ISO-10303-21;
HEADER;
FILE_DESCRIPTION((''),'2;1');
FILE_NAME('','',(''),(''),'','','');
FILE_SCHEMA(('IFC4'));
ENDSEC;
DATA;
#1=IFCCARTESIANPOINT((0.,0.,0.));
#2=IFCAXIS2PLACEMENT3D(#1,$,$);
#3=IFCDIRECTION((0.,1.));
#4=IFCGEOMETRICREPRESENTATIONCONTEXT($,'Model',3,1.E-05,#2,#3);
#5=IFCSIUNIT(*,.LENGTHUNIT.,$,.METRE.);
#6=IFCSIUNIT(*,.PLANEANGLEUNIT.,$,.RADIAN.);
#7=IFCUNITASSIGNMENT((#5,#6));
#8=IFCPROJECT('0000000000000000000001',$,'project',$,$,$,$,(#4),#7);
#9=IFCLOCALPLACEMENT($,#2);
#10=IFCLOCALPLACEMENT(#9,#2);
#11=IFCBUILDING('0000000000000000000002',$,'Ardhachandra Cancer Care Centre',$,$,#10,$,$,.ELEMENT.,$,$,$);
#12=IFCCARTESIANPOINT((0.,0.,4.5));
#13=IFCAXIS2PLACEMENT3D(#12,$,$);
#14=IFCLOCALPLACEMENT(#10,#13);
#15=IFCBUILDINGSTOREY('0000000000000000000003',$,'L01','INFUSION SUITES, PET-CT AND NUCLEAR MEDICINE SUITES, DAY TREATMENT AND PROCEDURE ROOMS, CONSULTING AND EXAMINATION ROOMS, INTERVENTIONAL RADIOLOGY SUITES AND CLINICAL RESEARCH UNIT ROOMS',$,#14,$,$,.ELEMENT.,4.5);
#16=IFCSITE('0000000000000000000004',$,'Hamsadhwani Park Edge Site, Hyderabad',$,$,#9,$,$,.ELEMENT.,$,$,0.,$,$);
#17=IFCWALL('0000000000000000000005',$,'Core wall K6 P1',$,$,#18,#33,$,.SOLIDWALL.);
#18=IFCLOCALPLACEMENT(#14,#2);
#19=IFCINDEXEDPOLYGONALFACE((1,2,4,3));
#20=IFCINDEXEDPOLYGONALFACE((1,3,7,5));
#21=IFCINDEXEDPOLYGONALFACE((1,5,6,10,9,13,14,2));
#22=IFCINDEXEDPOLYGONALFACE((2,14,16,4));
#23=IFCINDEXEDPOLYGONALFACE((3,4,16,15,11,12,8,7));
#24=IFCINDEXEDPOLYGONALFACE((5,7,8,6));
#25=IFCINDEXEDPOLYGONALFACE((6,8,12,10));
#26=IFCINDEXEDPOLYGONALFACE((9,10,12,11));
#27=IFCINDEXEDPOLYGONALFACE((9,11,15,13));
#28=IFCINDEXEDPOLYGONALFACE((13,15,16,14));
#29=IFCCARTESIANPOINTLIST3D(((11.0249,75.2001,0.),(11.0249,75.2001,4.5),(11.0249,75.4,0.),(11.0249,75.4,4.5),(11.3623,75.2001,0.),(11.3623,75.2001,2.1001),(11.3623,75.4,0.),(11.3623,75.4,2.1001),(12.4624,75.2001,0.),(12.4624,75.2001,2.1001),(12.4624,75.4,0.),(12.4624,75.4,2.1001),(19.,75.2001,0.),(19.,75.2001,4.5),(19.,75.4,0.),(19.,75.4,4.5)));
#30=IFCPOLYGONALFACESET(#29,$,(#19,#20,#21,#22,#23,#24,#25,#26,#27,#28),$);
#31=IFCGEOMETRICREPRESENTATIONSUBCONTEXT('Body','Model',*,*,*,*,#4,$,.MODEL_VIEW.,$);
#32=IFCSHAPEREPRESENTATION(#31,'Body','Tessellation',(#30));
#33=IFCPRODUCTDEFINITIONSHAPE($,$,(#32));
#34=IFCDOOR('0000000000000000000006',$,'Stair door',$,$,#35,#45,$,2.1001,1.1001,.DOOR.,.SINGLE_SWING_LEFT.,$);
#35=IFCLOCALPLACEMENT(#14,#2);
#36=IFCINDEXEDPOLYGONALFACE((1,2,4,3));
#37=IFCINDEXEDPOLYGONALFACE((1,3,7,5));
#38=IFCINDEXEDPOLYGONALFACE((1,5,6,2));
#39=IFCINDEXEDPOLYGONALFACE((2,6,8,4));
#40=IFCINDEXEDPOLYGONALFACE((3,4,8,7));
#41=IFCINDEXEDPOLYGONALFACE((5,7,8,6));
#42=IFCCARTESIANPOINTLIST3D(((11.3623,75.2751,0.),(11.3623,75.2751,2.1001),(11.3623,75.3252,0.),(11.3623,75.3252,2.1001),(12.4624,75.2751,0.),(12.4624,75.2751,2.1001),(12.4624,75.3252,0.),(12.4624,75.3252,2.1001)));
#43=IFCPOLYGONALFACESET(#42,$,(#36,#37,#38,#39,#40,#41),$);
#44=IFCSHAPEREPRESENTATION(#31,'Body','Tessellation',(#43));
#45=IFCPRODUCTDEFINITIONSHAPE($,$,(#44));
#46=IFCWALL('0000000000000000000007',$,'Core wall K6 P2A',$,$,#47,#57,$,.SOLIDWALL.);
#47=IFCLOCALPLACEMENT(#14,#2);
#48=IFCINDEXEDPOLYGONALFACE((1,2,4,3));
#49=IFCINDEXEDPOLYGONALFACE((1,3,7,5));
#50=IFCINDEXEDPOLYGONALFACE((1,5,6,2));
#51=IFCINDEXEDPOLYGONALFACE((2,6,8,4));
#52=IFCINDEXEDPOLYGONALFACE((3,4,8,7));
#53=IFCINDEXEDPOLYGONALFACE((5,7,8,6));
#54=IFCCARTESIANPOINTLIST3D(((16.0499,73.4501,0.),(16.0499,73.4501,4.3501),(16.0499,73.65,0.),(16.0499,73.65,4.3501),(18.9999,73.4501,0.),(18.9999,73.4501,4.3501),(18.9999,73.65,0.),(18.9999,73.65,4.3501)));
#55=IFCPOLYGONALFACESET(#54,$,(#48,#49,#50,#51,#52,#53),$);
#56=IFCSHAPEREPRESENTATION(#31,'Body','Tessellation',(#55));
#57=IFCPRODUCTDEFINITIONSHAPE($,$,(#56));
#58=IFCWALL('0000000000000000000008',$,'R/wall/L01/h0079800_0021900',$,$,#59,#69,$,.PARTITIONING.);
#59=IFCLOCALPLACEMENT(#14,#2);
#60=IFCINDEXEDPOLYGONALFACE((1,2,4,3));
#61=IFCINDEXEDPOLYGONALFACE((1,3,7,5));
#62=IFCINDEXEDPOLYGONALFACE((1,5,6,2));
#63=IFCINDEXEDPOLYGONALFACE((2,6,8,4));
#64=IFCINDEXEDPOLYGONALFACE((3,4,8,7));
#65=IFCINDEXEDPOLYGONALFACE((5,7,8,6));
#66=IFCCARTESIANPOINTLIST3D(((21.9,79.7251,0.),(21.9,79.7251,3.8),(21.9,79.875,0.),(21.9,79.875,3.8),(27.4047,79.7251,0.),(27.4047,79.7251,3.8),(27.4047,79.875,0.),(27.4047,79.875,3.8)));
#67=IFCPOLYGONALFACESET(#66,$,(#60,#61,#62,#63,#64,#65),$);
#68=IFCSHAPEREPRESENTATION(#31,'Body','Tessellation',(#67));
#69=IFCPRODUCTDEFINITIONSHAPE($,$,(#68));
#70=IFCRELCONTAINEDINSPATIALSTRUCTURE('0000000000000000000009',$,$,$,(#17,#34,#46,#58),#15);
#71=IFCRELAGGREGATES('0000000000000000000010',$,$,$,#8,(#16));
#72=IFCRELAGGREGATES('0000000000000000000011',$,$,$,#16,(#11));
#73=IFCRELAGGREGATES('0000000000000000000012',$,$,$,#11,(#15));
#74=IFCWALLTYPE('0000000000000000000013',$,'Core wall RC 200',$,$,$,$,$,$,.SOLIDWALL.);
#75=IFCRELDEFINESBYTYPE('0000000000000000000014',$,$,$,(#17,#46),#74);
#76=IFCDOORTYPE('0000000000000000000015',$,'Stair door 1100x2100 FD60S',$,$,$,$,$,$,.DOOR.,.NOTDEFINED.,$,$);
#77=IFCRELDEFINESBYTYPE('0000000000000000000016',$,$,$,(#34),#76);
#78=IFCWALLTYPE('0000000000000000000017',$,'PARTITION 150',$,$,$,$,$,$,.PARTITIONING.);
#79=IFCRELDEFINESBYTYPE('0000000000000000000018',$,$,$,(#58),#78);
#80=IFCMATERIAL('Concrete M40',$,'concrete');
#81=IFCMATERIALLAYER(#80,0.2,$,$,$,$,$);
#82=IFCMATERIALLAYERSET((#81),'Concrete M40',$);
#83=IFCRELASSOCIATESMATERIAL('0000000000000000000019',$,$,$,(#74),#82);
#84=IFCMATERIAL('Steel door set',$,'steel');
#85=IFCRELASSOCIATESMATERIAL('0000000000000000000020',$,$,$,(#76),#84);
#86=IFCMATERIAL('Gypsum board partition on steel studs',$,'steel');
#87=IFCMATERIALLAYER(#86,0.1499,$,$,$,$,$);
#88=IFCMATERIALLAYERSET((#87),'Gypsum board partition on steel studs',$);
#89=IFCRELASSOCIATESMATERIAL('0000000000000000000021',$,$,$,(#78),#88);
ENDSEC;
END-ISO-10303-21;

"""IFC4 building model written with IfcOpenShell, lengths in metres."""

from ifc_helpers import new_model, si_unit, direction, frame, frame_2d, origin, place, context, subcontext, project, spatial, rectangle, extrude, material, layer, layer_set, type_object, element, fill, save


model = new_model("IFC4")

# Units and contexts
model_context = context("Model", 3, precision=1e-05, world=origin(), true_north=direction((0.0, 1.0)))
body_context = subcontext(model_context, "Body", "Model", "MODEL_VIEW")
ifc_project = project(units=[si_unit("LENGTHUNIT", "METRE"), si_unit("PLANEANGLEUNIT", "RADIAN")], contexts=[model_context])

# Site, building, storey
site_placement = place(None, origin())
site = spatial("IfcSite", under=ifc_project, at=site_placement, Name="Hamsadhwani Park Edge Site, Hyderabad", CompositionType="ELEMENT", RefElevation=0.0)
building_placement = place(site_placement, origin())
building = spatial("IfcBuilding", under=site, at=building_placement, Name="Ardhachandra Cancer Care Centre", CompositionType="ELEMENT")
storey_placement = place(building_placement, frame((0.0, 0.0, 4.5)))
storey = spatial("IfcBuildingStorey", under=building, at=storey_placement, Name="L01", Description="INFUSION SUITES, PET-CT AND NUCLEAR MEDICINE SUITES, DAY TREATMENT AND PROCEDURE ROOMS, CONSULTING AND EXAMINATION ROOMS, INTERVENTIONAL RADIOLOGY SUITES AND CLINICAL RESEARCH UNIT ROOMS", CompositionType="ELEMENT", Elevation=4.5)

# Shared definitions
ifc_material_1 = material(Name="Concrete M40", Category="concrete")
ifc_layer_1 = layer(ifc_material_1, 0.2)
ifc_layer_set_1 = layer_set([ifc_layer_1], Name="Concrete M40")
wall_type_1 = type_object("IfcWallType", Name="Core wall RC 200", PredefinedType="SOLIDWALL", material=ifc_layer_set_1)

# Wall, opening, door
wall_1_placement = place(storey_placement, frame((19.0, 75.3, 0.0), z_axis=(0.0, 0.0, 1.0), x_axis=(-1.0, 0.0, 0.0)))
wall_1 = element("IfcWall", 1, at=wall_1_placement, inside=storey, type_object=wall_type_1, Name="Core wall K6 P1", PredefinedType="SOLIDWALL", context=body_context, shape_type="SweptSolid", body=[
    extrude(rectangle(XDim=7.9751, YDim=0.2, at=frame_2d((3.9875, 0.0))), origin(), (0.0, 0.0, 1.0), 4.5),
])
opening_1_placement = place(wall_1_placement, frame((6.5376, 0.0, 0.0)))
opening_1 = element("IfcOpeningElement", 2, at=opening_1_placement, cuts=wall_1, PredefinedType="OPENING", context=body_context, shape_type="SweptSolid", body=[
    extrude(rectangle(XDim=1.1001, YDim=2.1001, at=frame_2d((0.55, 1.05))), frame((0.0, 0.1099, 0.0), z_axis=(0.0, -1.0, 0.0), x_axis=(1.0, 0.0, 0.0)), (0.0, 0.0, 1.0), 0.22),
])
ifc_material_2 = material(Name="Steel door set", Category="steel")
door_type_1 = type_object("IfcDoorType", Name="Stair door 1100x2100 FD60S", OperationType="NOTDEFINED", PredefinedType="DOOR", material=ifc_material_2)
door_1_placement = place(opening_1_placement, origin())
door_1 = element("IfcDoor", 3, at=door_1_placement, inside=storey, type_object=door_type_1, Name="Stair door", OperationType="SINGLE_SWING_LEFT", OverallHeight=2.1001, OverallWidth=1.1001, PredefinedType="DOOR", context=body_context, shape_type="SweptSolid", body=[
    extrude(rectangle(XDim=1.1001, YDim=2.1001, at=frame_2d((0.55, 1.05))), frame((0.0, 0.0249, 0.0), z_axis=(0.0, -1.0, 0.0), x_axis=(1.0, 0.0, 0.0)), (0.0, 0.0, 1.0), 0.05),
])
fill(opening_1, door_1)

# Walls
wall_2_placement = place(storey_placement, frame((19.0, 73.55, 0.0), z_axis=(0.0, 0.0, 1.0), x_axis=(-1.0, 0.0, 0.0)))
element("IfcWall", 4, at=wall_2_placement, inside=storey, type_object=wall_type_1, Name="Core wall K6 P2A", PredefinedType="SOLIDWALL", context=body_context, shape_type="SweptSolid", body=[
    extrude(rectangle(XDim=2.95, YDim=0.2, at=frame_2d((1.4751, 0.0))), origin(), (0.0, 0.0, 1.0), 4.3501),
])
ifc_material_3 = material(Name="Gypsum board partition on steel studs", Category="steel")
ifc_layer_2 = layer(ifc_material_3, 0.1499)
ifc_layer_set_2 = layer_set([ifc_layer_2], Name="Gypsum board partition on steel studs")
wall_type_2 = type_object("IfcWallType", Name="PARTITION 150", PredefinedType="PARTITIONING", material=ifc_layer_set_2)
wall_3_placement = place(storey_placement, frame((21.8999, 79.8, 0.0), z_axis=(0.0, 0.0, 1.0), x_axis=(1.0, 0.0, 0.0)))
element("IfcWall", 5, at=wall_3_placement, inside=storey, type_object=wall_type_2, Name="R/wall/L01/h0079800_0021900", PredefinedType="PARTITIONING", context=body_context, shape_type="SweptSolid", body=[
    extrude(rectangle(XDim=5.5046, YDim=0.1499, at=frame_2d((2.7524, 0.0))), origin(), (0.0, 0.0, 1.0), 3.8),
])

save(model, "model.ifc")
